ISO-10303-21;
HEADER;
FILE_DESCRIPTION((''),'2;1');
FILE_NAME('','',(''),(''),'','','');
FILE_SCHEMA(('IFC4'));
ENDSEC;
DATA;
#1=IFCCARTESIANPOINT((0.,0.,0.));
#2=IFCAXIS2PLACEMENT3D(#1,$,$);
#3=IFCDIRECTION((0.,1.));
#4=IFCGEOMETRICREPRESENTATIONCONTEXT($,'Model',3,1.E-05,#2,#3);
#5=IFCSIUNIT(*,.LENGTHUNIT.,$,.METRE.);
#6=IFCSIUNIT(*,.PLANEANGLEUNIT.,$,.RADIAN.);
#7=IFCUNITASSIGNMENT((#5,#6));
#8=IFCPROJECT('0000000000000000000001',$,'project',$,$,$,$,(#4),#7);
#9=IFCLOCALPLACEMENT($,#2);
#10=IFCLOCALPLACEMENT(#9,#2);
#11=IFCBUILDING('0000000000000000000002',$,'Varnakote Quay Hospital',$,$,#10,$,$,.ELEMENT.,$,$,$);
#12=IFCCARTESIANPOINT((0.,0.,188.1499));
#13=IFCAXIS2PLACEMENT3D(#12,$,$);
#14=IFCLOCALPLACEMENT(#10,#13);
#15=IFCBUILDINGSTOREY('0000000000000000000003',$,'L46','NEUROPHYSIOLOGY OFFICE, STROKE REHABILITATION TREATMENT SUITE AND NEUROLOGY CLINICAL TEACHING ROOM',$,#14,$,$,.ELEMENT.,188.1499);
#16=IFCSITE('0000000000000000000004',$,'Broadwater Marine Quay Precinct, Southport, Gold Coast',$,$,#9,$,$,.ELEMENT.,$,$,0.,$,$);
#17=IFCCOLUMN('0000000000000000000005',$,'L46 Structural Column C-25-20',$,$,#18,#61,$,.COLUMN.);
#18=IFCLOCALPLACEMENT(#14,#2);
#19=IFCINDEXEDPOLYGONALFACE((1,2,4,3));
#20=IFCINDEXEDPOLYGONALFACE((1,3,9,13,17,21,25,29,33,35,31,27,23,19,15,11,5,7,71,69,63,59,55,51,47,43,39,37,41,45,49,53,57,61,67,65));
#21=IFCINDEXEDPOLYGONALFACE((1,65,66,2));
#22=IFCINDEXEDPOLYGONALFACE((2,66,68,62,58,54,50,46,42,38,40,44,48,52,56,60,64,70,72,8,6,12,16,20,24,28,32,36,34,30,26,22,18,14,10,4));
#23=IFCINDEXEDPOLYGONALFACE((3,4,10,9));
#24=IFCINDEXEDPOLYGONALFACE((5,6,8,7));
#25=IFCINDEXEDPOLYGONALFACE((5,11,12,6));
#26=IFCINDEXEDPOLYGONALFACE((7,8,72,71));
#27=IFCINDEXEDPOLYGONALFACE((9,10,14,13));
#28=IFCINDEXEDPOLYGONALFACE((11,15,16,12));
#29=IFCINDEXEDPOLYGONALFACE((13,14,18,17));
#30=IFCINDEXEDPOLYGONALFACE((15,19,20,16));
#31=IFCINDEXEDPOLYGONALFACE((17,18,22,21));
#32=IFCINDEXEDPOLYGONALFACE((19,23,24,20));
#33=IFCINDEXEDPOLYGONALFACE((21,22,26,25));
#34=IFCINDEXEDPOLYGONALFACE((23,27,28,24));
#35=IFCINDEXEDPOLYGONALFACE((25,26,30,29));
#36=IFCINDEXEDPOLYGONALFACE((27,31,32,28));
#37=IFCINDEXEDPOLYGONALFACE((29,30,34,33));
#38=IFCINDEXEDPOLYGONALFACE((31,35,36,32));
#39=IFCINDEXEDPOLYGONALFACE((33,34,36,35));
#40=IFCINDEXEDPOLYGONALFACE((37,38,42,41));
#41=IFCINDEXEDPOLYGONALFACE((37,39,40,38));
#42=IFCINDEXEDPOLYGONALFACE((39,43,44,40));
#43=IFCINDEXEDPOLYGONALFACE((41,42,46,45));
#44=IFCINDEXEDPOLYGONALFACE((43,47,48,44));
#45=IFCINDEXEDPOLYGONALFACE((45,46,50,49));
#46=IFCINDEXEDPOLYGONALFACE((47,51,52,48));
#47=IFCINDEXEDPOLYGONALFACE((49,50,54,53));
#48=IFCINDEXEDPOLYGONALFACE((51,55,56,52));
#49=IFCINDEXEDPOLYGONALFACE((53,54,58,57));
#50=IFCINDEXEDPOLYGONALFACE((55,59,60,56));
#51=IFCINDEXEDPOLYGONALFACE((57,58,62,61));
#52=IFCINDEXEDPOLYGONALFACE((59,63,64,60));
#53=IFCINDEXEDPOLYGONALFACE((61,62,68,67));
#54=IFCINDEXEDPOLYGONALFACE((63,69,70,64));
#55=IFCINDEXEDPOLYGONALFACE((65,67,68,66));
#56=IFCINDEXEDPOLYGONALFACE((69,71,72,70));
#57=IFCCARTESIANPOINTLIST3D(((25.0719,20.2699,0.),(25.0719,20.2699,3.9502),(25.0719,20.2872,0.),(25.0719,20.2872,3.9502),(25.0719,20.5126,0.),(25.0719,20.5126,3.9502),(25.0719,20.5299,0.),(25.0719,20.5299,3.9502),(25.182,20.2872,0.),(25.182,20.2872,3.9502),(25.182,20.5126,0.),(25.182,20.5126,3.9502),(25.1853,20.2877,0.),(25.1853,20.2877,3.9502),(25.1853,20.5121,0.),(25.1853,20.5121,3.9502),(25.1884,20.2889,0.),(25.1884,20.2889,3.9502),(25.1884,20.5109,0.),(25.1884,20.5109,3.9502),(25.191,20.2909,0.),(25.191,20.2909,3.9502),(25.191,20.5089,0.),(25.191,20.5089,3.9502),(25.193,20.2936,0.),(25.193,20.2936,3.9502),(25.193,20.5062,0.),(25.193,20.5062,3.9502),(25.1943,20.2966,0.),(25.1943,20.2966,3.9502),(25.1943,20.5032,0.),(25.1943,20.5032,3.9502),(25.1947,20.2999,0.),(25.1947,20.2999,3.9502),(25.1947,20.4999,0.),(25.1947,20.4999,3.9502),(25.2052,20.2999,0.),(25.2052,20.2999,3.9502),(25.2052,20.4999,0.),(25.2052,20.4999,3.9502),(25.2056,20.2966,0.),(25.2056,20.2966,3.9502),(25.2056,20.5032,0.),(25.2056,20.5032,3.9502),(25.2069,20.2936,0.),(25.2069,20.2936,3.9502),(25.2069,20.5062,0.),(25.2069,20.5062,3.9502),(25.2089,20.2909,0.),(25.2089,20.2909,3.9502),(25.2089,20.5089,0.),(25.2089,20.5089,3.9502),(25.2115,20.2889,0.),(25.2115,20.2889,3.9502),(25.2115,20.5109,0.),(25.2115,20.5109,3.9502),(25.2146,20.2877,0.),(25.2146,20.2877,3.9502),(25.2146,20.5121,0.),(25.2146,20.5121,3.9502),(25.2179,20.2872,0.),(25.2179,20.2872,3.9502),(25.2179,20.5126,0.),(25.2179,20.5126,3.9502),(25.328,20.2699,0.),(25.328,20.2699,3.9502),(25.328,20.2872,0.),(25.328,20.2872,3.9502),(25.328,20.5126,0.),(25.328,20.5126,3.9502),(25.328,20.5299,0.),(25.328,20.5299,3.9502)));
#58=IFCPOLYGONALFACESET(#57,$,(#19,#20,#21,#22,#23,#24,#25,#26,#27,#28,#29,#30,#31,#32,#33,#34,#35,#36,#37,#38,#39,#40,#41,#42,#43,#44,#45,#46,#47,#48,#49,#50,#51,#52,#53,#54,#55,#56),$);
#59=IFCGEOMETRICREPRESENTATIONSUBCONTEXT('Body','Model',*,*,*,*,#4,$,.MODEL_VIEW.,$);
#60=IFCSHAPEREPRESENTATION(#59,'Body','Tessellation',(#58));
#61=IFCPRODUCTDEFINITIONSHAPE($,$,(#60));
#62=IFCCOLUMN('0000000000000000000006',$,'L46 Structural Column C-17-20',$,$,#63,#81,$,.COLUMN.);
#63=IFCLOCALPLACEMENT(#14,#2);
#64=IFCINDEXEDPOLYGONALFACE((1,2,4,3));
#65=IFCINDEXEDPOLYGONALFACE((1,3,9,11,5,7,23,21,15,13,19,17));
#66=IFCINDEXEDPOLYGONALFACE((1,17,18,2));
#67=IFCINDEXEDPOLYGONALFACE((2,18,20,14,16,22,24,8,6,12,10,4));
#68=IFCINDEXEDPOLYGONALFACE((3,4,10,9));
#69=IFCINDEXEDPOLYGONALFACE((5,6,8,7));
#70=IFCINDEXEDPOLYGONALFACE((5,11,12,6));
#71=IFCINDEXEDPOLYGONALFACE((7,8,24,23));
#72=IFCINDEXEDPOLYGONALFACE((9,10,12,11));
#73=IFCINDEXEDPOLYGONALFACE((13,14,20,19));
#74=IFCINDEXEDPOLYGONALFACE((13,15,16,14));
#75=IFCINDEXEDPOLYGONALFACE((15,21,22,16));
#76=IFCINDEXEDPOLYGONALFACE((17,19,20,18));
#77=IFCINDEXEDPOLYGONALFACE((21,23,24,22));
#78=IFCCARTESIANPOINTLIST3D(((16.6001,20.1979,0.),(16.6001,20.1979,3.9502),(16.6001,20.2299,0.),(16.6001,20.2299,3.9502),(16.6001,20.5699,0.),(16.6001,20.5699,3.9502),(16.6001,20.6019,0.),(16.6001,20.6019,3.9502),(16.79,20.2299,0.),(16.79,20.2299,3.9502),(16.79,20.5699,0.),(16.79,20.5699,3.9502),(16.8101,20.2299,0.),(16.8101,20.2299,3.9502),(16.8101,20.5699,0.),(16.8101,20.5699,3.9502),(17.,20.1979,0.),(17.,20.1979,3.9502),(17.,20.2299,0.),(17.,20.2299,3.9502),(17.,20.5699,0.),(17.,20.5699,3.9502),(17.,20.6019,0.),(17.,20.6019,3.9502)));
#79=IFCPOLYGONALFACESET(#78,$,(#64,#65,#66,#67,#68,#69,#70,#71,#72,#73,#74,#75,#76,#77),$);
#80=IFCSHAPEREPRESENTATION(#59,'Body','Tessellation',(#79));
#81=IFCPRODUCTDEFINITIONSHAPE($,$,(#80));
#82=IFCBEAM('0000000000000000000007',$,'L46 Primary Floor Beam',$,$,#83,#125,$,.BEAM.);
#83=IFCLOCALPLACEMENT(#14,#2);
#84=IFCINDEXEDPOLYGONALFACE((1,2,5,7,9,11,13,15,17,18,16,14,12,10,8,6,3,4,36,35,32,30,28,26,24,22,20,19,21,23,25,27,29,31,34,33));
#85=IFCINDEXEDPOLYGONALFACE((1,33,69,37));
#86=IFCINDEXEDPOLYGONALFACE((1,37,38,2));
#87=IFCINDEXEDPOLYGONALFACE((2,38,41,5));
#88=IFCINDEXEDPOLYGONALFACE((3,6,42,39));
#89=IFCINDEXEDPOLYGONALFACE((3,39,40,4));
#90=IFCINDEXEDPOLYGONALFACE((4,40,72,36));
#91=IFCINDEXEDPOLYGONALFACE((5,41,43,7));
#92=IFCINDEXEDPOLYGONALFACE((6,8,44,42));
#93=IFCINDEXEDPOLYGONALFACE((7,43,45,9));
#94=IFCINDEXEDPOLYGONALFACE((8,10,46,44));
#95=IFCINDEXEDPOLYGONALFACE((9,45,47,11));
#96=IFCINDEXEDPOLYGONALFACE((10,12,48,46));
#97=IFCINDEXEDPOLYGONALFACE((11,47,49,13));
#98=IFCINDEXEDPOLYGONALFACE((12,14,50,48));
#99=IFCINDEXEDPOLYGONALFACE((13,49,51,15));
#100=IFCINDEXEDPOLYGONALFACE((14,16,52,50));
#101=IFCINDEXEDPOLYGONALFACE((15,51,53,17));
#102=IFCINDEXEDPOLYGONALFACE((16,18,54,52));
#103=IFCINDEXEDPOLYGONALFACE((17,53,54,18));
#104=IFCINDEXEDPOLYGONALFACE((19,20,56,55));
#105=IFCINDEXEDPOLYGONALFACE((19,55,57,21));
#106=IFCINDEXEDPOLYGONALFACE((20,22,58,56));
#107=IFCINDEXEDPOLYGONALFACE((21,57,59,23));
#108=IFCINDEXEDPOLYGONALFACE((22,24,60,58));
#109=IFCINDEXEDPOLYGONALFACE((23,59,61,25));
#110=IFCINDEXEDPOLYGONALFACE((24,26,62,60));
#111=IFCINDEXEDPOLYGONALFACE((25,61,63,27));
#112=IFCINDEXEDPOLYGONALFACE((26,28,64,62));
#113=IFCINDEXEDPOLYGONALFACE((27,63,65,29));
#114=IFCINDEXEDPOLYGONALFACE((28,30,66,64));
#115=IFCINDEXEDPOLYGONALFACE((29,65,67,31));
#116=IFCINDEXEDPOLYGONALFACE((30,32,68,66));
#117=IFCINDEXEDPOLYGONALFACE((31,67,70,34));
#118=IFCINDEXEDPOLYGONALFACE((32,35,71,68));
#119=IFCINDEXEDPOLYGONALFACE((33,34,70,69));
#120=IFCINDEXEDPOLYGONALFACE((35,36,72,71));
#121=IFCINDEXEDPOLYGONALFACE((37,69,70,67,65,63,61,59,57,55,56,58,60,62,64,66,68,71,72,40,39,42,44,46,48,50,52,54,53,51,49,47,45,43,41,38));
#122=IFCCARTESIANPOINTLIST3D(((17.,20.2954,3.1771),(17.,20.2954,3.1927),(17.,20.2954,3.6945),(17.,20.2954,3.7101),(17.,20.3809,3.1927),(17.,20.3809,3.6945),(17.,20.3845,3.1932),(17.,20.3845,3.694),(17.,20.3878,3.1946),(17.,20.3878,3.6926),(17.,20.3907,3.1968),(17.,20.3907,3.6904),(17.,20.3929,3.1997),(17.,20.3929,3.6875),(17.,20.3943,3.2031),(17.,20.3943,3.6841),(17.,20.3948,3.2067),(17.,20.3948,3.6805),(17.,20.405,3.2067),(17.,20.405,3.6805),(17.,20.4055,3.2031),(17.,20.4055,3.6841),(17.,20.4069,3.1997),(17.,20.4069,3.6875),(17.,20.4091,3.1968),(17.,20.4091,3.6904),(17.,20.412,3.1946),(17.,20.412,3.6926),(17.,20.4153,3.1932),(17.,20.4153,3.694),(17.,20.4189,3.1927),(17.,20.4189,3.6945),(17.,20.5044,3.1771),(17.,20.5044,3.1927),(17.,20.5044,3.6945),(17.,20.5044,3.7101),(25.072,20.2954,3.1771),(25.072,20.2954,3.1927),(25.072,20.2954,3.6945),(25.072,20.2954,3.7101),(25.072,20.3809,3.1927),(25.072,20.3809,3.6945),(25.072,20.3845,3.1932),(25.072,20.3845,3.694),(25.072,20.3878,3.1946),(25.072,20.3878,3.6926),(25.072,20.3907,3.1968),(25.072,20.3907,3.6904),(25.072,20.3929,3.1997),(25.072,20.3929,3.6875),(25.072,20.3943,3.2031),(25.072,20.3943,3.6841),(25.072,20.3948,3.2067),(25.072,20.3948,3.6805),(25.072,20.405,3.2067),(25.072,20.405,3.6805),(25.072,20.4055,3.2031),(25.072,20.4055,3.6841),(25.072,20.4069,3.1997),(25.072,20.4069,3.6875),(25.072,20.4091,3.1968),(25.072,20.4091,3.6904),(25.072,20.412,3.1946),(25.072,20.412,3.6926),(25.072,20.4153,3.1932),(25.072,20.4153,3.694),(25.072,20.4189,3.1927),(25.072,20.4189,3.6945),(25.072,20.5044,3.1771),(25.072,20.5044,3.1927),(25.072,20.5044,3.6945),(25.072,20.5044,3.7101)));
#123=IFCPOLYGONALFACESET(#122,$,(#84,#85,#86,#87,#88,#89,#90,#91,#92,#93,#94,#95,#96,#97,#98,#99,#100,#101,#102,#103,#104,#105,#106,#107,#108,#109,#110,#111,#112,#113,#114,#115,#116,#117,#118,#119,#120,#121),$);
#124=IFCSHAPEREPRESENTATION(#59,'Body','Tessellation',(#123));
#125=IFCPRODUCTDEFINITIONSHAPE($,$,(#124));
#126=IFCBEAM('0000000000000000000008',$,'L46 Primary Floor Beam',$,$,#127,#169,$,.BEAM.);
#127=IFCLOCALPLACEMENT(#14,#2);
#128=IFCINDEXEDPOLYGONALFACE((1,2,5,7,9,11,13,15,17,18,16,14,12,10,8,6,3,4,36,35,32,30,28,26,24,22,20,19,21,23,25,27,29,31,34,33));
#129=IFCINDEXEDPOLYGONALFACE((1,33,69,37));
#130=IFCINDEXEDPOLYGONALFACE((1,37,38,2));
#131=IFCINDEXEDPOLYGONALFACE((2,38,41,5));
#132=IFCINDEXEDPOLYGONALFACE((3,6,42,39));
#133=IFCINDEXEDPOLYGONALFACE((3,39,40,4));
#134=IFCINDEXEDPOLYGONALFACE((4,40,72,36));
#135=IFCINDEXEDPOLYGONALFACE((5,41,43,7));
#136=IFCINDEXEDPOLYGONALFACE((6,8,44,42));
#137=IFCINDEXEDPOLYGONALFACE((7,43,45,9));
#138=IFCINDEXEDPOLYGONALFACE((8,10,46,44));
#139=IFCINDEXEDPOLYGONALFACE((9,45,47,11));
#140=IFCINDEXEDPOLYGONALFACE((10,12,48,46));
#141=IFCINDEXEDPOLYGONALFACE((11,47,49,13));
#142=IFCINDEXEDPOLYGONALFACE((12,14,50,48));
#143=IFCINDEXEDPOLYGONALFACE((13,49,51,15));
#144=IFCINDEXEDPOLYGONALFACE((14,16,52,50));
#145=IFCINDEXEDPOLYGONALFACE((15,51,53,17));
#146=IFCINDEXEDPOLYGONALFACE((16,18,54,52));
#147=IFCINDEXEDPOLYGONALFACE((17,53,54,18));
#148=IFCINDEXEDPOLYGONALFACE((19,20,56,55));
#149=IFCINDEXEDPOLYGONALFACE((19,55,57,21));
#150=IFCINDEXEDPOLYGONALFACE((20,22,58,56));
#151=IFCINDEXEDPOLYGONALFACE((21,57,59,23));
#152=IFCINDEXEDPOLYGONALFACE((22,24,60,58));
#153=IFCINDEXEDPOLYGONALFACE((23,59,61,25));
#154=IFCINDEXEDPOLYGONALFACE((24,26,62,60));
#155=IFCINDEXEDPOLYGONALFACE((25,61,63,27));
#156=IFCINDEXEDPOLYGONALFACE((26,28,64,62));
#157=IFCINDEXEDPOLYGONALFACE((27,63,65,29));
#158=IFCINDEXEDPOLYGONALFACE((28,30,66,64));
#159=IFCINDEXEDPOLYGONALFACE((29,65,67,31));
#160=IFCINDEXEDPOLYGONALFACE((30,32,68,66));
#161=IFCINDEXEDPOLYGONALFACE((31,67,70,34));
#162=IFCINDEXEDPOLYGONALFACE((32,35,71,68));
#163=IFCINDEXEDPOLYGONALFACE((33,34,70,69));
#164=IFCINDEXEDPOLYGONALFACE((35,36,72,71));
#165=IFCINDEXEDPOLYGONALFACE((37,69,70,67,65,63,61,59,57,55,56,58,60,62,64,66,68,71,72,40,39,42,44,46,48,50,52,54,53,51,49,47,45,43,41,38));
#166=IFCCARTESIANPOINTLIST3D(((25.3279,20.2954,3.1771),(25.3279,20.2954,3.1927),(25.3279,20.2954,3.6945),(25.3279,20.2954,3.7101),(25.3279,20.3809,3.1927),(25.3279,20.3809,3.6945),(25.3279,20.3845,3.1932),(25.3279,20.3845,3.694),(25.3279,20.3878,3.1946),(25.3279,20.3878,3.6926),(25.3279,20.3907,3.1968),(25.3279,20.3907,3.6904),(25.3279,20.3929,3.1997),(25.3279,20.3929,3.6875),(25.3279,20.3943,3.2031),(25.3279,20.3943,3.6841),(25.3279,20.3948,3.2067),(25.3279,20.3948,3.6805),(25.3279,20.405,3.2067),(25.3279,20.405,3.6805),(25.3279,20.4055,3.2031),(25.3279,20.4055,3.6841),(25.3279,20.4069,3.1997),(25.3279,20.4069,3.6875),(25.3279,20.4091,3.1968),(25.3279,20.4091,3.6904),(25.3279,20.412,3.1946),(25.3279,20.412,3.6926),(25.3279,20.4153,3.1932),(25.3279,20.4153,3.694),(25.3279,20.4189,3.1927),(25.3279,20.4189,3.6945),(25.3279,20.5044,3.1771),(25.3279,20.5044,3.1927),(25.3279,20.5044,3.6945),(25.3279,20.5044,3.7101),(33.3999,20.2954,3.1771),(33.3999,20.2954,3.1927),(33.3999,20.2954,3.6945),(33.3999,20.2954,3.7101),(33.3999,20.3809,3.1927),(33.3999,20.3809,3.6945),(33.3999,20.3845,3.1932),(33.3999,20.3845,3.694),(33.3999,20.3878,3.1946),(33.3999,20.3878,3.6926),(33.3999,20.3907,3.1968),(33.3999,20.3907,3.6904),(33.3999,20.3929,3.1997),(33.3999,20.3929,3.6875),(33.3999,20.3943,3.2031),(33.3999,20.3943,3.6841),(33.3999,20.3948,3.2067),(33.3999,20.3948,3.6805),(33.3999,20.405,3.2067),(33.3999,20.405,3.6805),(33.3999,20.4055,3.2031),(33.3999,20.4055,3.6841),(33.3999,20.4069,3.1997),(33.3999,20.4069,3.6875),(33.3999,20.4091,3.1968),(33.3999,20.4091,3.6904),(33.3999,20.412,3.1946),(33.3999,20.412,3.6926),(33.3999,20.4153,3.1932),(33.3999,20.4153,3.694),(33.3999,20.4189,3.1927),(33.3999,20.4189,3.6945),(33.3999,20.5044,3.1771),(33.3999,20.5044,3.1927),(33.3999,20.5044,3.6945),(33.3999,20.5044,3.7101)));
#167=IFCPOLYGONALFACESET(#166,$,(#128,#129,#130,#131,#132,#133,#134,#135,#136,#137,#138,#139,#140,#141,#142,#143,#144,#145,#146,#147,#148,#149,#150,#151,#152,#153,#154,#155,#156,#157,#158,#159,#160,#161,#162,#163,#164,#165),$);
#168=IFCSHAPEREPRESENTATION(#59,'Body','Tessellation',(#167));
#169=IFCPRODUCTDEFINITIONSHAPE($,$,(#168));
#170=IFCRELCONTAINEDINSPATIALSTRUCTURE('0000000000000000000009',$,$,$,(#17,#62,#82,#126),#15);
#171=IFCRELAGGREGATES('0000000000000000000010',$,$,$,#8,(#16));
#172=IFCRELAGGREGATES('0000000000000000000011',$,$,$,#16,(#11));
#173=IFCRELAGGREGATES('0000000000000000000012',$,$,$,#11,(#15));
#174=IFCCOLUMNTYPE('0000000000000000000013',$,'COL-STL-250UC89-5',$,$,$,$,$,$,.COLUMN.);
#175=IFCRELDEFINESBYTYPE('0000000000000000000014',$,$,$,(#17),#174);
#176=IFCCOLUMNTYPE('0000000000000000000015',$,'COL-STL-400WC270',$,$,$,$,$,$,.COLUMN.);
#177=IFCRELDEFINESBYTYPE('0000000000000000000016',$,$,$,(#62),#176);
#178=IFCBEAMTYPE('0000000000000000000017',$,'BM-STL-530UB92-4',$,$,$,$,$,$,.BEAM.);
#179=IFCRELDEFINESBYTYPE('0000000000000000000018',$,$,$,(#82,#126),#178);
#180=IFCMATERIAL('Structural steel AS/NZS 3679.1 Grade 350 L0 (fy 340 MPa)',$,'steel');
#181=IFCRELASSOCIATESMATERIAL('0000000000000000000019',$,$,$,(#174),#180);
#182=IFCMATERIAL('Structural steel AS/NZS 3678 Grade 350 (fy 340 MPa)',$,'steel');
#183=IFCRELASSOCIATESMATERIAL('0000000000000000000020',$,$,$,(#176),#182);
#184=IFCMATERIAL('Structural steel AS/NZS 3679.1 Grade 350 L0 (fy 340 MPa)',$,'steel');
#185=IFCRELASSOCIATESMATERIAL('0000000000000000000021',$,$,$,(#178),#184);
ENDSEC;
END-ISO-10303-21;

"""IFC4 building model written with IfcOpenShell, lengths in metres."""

from ifc_helpers import new_model, si_unit, direction, frame, origin, origin_2d, place, context, subcontext, project, spatial, i_section, extrude, material, material_profile, profile_set, type_object, element, save


model = new_model("IFC4")

# Units and contexts
model_context = context("Model", 3, precision=1e-05, world=origin(), true_north=direction((0.0, 1.0)))
body_context = subcontext(model_context, "Body", "Model", "MODEL_VIEW")
ifc_project = project(units=[si_unit("LENGTHUNIT", "METRE"), si_unit("PLANEANGLEUNIT", "RADIAN")], contexts=[model_context])

# Site, building, storey
site_placement = place(None, origin())
site = spatial("IfcSite", under=ifc_project, at=site_placement, Name="Broadwater Marine Quay Precinct, Southport, Gold Coast", CompositionType="ELEMENT", RefElevation=0.0)
building_placement = place(site_placement, origin())
building = spatial("IfcBuilding", under=site, at=building_placement, Name="Varnakote Quay Hospital", CompositionType="ELEMENT")
storey_placement = place(building_placement, frame((0.0, 0.0, 188.1499)))
storey = spatial("IfcBuildingStorey", under=building, at=storey_placement, Name="L46", Description="NEUROPHYSIOLOGY OFFICE, STROKE REHABILITATION TREATMENT SUITE AND NEUROLOGY CLINICAL TEACHING ROOM", CompositionType="ELEMENT", Elevation=188.1499)

# Columns
ifc_material_1 = material(Name="Structural steel AS/NZS 3679.1 Grade 350 L0 (fy 340 MPa)", Category="steel")
ifc_material_profile_1 = material_profile(ifc_material_1, i_section(OverallWidth=0.2561, OverallDepth=0.26, WebThickness=0.0105, FlangeThickness=0.0173, FilletRadius=0.0127, at=origin_2d()), Name="250UC89.5")
ifc_profile_set_1 = profile_set([ifc_material_profile_1], Name="Structural steel AS/NZS 3679.1 Grade 350 L0 (fy 340 MPa)")
column_type_1 = type_object("IfcColumnType", Name="COL-STL-250UC89-5", PredefinedType="COLUMN", material=ifc_profile_set_1)
column_1_placement = place(storey_placement, frame((25.2, 20.3999, 0.0), z_axis=(0.0, 0.0, 1.0), x_axis=(1.0, 0.0, 0.0)))
element("IfcColumn", 1, at=column_1_placement, inside=storey, type_object=column_type_1, Name="L46 Structural Column C-25-20", PredefinedType="COLUMN", context=body_context, shape_type="SweptSolid", body=[
    extrude(i_section(OverallWidth=0.2561, OverallDepth=0.26, WebThickness=0.0105, FlangeThickness=0.0173, FilletRadius=0.0127, at=origin_2d()), origin(), (0.0, 0.0, 1.0), 3.9502),
])
ifc_material_2 = material(Name="Structural steel AS/NZS 3678 Grade 350 (fy 340 MPa)", Category="steel")
ifc_material_profile_2 = material_profile(ifc_material_2, i_section(OverallWidth=0.3999, OverallDepth=0.4041, WebThickness=0.02, FlangeThickness=0.032, at=origin_2d()), Name="400WC270")
ifc_profile_set_2 = profile_set([ifc_material_profile_2], Name="Structural steel AS/NZS 3678 Grade 350 (fy 340 MPa)")
column_type_2 = type_object("IfcColumnType", Name="COL-STL-400WC270", PredefinedType="COLUMN", material=ifc_profile_set_2)
column_2_placement = place(storey_placement, frame((16.8, 20.3999, 0.0), z_axis=(0.0, 0.0, 1.0), x_axis=(1.0, 0.0, 0.0)))
element("IfcColumn", 2, at=column_2_placement, inside=storey, type_object=column_type_2, Name="L46 Structural Column C-17-20", PredefinedType="COLUMN", context=body_context, shape_type="SweptSolid", body=[
    extrude(i_section(OverallWidth=0.3999, OverallDepth=0.4041, WebThickness=0.02, FlangeThickness=0.032, at=origin_2d()), origin(), (0.0, 0.0, 1.0), 3.9502),
])

# Beams
ifc_material_3 = material(Name="Structural steel AS/NZS 3679.1 Grade 350 L0 (fy 340 MPa)", Category="steel")
ifc_material_profile_3 = material_profile(ifc_material_3, i_section(OverallWidth=0.209, OverallDepth=0.533, WebThickness=0.0103, FlangeThickness=0.0156, FilletRadius=0.0139, at=origin_2d()), Name="530UB92.4")
ifc_profile_set_3 = profile_set([ifc_material_profile_3], Name="Structural steel AS/NZS 3679.1 Grade 350 L0 (fy 340 MPa)")
beam_type_1 = type_object("IfcBeamType", Name="BM-STL-530UB92-4", PredefinedType="BEAM", material=ifc_profile_set_3)
for number, where, z_axis, x_axis, name in (
    (3, (17.0, 20.3999, 3.4436), (1.0, 0.0, 0.0), (0.0, 1.0, 0.0), "L46 Primary Floor Beam"),
    (4, (25.3279, 20.3999, 3.4436), (1.0, 0.0, 0.0), (0.0, 1.0, 0.0), "L46 Primary Floor Beam"),
):
    element("IfcBeam", number, at=place(storey_placement, frame(where, z_axis=z_axis, x_axis=x_axis)), inside=storey, type_object=beam_type_1, Name=name, PredefinedType="BEAM", context=body_context, shape_type="SweptSolid", body=[
        extrude(i_section(OverallWidth=0.209, OverallDepth=0.533, WebThickness=0.0103, FlangeThickness=0.0156, FilletRadius=0.0139, at=origin_2d()), origin(), (0.0, 0.0, 1.0), 8.072),
    ])

save(model, "model.ifc")
